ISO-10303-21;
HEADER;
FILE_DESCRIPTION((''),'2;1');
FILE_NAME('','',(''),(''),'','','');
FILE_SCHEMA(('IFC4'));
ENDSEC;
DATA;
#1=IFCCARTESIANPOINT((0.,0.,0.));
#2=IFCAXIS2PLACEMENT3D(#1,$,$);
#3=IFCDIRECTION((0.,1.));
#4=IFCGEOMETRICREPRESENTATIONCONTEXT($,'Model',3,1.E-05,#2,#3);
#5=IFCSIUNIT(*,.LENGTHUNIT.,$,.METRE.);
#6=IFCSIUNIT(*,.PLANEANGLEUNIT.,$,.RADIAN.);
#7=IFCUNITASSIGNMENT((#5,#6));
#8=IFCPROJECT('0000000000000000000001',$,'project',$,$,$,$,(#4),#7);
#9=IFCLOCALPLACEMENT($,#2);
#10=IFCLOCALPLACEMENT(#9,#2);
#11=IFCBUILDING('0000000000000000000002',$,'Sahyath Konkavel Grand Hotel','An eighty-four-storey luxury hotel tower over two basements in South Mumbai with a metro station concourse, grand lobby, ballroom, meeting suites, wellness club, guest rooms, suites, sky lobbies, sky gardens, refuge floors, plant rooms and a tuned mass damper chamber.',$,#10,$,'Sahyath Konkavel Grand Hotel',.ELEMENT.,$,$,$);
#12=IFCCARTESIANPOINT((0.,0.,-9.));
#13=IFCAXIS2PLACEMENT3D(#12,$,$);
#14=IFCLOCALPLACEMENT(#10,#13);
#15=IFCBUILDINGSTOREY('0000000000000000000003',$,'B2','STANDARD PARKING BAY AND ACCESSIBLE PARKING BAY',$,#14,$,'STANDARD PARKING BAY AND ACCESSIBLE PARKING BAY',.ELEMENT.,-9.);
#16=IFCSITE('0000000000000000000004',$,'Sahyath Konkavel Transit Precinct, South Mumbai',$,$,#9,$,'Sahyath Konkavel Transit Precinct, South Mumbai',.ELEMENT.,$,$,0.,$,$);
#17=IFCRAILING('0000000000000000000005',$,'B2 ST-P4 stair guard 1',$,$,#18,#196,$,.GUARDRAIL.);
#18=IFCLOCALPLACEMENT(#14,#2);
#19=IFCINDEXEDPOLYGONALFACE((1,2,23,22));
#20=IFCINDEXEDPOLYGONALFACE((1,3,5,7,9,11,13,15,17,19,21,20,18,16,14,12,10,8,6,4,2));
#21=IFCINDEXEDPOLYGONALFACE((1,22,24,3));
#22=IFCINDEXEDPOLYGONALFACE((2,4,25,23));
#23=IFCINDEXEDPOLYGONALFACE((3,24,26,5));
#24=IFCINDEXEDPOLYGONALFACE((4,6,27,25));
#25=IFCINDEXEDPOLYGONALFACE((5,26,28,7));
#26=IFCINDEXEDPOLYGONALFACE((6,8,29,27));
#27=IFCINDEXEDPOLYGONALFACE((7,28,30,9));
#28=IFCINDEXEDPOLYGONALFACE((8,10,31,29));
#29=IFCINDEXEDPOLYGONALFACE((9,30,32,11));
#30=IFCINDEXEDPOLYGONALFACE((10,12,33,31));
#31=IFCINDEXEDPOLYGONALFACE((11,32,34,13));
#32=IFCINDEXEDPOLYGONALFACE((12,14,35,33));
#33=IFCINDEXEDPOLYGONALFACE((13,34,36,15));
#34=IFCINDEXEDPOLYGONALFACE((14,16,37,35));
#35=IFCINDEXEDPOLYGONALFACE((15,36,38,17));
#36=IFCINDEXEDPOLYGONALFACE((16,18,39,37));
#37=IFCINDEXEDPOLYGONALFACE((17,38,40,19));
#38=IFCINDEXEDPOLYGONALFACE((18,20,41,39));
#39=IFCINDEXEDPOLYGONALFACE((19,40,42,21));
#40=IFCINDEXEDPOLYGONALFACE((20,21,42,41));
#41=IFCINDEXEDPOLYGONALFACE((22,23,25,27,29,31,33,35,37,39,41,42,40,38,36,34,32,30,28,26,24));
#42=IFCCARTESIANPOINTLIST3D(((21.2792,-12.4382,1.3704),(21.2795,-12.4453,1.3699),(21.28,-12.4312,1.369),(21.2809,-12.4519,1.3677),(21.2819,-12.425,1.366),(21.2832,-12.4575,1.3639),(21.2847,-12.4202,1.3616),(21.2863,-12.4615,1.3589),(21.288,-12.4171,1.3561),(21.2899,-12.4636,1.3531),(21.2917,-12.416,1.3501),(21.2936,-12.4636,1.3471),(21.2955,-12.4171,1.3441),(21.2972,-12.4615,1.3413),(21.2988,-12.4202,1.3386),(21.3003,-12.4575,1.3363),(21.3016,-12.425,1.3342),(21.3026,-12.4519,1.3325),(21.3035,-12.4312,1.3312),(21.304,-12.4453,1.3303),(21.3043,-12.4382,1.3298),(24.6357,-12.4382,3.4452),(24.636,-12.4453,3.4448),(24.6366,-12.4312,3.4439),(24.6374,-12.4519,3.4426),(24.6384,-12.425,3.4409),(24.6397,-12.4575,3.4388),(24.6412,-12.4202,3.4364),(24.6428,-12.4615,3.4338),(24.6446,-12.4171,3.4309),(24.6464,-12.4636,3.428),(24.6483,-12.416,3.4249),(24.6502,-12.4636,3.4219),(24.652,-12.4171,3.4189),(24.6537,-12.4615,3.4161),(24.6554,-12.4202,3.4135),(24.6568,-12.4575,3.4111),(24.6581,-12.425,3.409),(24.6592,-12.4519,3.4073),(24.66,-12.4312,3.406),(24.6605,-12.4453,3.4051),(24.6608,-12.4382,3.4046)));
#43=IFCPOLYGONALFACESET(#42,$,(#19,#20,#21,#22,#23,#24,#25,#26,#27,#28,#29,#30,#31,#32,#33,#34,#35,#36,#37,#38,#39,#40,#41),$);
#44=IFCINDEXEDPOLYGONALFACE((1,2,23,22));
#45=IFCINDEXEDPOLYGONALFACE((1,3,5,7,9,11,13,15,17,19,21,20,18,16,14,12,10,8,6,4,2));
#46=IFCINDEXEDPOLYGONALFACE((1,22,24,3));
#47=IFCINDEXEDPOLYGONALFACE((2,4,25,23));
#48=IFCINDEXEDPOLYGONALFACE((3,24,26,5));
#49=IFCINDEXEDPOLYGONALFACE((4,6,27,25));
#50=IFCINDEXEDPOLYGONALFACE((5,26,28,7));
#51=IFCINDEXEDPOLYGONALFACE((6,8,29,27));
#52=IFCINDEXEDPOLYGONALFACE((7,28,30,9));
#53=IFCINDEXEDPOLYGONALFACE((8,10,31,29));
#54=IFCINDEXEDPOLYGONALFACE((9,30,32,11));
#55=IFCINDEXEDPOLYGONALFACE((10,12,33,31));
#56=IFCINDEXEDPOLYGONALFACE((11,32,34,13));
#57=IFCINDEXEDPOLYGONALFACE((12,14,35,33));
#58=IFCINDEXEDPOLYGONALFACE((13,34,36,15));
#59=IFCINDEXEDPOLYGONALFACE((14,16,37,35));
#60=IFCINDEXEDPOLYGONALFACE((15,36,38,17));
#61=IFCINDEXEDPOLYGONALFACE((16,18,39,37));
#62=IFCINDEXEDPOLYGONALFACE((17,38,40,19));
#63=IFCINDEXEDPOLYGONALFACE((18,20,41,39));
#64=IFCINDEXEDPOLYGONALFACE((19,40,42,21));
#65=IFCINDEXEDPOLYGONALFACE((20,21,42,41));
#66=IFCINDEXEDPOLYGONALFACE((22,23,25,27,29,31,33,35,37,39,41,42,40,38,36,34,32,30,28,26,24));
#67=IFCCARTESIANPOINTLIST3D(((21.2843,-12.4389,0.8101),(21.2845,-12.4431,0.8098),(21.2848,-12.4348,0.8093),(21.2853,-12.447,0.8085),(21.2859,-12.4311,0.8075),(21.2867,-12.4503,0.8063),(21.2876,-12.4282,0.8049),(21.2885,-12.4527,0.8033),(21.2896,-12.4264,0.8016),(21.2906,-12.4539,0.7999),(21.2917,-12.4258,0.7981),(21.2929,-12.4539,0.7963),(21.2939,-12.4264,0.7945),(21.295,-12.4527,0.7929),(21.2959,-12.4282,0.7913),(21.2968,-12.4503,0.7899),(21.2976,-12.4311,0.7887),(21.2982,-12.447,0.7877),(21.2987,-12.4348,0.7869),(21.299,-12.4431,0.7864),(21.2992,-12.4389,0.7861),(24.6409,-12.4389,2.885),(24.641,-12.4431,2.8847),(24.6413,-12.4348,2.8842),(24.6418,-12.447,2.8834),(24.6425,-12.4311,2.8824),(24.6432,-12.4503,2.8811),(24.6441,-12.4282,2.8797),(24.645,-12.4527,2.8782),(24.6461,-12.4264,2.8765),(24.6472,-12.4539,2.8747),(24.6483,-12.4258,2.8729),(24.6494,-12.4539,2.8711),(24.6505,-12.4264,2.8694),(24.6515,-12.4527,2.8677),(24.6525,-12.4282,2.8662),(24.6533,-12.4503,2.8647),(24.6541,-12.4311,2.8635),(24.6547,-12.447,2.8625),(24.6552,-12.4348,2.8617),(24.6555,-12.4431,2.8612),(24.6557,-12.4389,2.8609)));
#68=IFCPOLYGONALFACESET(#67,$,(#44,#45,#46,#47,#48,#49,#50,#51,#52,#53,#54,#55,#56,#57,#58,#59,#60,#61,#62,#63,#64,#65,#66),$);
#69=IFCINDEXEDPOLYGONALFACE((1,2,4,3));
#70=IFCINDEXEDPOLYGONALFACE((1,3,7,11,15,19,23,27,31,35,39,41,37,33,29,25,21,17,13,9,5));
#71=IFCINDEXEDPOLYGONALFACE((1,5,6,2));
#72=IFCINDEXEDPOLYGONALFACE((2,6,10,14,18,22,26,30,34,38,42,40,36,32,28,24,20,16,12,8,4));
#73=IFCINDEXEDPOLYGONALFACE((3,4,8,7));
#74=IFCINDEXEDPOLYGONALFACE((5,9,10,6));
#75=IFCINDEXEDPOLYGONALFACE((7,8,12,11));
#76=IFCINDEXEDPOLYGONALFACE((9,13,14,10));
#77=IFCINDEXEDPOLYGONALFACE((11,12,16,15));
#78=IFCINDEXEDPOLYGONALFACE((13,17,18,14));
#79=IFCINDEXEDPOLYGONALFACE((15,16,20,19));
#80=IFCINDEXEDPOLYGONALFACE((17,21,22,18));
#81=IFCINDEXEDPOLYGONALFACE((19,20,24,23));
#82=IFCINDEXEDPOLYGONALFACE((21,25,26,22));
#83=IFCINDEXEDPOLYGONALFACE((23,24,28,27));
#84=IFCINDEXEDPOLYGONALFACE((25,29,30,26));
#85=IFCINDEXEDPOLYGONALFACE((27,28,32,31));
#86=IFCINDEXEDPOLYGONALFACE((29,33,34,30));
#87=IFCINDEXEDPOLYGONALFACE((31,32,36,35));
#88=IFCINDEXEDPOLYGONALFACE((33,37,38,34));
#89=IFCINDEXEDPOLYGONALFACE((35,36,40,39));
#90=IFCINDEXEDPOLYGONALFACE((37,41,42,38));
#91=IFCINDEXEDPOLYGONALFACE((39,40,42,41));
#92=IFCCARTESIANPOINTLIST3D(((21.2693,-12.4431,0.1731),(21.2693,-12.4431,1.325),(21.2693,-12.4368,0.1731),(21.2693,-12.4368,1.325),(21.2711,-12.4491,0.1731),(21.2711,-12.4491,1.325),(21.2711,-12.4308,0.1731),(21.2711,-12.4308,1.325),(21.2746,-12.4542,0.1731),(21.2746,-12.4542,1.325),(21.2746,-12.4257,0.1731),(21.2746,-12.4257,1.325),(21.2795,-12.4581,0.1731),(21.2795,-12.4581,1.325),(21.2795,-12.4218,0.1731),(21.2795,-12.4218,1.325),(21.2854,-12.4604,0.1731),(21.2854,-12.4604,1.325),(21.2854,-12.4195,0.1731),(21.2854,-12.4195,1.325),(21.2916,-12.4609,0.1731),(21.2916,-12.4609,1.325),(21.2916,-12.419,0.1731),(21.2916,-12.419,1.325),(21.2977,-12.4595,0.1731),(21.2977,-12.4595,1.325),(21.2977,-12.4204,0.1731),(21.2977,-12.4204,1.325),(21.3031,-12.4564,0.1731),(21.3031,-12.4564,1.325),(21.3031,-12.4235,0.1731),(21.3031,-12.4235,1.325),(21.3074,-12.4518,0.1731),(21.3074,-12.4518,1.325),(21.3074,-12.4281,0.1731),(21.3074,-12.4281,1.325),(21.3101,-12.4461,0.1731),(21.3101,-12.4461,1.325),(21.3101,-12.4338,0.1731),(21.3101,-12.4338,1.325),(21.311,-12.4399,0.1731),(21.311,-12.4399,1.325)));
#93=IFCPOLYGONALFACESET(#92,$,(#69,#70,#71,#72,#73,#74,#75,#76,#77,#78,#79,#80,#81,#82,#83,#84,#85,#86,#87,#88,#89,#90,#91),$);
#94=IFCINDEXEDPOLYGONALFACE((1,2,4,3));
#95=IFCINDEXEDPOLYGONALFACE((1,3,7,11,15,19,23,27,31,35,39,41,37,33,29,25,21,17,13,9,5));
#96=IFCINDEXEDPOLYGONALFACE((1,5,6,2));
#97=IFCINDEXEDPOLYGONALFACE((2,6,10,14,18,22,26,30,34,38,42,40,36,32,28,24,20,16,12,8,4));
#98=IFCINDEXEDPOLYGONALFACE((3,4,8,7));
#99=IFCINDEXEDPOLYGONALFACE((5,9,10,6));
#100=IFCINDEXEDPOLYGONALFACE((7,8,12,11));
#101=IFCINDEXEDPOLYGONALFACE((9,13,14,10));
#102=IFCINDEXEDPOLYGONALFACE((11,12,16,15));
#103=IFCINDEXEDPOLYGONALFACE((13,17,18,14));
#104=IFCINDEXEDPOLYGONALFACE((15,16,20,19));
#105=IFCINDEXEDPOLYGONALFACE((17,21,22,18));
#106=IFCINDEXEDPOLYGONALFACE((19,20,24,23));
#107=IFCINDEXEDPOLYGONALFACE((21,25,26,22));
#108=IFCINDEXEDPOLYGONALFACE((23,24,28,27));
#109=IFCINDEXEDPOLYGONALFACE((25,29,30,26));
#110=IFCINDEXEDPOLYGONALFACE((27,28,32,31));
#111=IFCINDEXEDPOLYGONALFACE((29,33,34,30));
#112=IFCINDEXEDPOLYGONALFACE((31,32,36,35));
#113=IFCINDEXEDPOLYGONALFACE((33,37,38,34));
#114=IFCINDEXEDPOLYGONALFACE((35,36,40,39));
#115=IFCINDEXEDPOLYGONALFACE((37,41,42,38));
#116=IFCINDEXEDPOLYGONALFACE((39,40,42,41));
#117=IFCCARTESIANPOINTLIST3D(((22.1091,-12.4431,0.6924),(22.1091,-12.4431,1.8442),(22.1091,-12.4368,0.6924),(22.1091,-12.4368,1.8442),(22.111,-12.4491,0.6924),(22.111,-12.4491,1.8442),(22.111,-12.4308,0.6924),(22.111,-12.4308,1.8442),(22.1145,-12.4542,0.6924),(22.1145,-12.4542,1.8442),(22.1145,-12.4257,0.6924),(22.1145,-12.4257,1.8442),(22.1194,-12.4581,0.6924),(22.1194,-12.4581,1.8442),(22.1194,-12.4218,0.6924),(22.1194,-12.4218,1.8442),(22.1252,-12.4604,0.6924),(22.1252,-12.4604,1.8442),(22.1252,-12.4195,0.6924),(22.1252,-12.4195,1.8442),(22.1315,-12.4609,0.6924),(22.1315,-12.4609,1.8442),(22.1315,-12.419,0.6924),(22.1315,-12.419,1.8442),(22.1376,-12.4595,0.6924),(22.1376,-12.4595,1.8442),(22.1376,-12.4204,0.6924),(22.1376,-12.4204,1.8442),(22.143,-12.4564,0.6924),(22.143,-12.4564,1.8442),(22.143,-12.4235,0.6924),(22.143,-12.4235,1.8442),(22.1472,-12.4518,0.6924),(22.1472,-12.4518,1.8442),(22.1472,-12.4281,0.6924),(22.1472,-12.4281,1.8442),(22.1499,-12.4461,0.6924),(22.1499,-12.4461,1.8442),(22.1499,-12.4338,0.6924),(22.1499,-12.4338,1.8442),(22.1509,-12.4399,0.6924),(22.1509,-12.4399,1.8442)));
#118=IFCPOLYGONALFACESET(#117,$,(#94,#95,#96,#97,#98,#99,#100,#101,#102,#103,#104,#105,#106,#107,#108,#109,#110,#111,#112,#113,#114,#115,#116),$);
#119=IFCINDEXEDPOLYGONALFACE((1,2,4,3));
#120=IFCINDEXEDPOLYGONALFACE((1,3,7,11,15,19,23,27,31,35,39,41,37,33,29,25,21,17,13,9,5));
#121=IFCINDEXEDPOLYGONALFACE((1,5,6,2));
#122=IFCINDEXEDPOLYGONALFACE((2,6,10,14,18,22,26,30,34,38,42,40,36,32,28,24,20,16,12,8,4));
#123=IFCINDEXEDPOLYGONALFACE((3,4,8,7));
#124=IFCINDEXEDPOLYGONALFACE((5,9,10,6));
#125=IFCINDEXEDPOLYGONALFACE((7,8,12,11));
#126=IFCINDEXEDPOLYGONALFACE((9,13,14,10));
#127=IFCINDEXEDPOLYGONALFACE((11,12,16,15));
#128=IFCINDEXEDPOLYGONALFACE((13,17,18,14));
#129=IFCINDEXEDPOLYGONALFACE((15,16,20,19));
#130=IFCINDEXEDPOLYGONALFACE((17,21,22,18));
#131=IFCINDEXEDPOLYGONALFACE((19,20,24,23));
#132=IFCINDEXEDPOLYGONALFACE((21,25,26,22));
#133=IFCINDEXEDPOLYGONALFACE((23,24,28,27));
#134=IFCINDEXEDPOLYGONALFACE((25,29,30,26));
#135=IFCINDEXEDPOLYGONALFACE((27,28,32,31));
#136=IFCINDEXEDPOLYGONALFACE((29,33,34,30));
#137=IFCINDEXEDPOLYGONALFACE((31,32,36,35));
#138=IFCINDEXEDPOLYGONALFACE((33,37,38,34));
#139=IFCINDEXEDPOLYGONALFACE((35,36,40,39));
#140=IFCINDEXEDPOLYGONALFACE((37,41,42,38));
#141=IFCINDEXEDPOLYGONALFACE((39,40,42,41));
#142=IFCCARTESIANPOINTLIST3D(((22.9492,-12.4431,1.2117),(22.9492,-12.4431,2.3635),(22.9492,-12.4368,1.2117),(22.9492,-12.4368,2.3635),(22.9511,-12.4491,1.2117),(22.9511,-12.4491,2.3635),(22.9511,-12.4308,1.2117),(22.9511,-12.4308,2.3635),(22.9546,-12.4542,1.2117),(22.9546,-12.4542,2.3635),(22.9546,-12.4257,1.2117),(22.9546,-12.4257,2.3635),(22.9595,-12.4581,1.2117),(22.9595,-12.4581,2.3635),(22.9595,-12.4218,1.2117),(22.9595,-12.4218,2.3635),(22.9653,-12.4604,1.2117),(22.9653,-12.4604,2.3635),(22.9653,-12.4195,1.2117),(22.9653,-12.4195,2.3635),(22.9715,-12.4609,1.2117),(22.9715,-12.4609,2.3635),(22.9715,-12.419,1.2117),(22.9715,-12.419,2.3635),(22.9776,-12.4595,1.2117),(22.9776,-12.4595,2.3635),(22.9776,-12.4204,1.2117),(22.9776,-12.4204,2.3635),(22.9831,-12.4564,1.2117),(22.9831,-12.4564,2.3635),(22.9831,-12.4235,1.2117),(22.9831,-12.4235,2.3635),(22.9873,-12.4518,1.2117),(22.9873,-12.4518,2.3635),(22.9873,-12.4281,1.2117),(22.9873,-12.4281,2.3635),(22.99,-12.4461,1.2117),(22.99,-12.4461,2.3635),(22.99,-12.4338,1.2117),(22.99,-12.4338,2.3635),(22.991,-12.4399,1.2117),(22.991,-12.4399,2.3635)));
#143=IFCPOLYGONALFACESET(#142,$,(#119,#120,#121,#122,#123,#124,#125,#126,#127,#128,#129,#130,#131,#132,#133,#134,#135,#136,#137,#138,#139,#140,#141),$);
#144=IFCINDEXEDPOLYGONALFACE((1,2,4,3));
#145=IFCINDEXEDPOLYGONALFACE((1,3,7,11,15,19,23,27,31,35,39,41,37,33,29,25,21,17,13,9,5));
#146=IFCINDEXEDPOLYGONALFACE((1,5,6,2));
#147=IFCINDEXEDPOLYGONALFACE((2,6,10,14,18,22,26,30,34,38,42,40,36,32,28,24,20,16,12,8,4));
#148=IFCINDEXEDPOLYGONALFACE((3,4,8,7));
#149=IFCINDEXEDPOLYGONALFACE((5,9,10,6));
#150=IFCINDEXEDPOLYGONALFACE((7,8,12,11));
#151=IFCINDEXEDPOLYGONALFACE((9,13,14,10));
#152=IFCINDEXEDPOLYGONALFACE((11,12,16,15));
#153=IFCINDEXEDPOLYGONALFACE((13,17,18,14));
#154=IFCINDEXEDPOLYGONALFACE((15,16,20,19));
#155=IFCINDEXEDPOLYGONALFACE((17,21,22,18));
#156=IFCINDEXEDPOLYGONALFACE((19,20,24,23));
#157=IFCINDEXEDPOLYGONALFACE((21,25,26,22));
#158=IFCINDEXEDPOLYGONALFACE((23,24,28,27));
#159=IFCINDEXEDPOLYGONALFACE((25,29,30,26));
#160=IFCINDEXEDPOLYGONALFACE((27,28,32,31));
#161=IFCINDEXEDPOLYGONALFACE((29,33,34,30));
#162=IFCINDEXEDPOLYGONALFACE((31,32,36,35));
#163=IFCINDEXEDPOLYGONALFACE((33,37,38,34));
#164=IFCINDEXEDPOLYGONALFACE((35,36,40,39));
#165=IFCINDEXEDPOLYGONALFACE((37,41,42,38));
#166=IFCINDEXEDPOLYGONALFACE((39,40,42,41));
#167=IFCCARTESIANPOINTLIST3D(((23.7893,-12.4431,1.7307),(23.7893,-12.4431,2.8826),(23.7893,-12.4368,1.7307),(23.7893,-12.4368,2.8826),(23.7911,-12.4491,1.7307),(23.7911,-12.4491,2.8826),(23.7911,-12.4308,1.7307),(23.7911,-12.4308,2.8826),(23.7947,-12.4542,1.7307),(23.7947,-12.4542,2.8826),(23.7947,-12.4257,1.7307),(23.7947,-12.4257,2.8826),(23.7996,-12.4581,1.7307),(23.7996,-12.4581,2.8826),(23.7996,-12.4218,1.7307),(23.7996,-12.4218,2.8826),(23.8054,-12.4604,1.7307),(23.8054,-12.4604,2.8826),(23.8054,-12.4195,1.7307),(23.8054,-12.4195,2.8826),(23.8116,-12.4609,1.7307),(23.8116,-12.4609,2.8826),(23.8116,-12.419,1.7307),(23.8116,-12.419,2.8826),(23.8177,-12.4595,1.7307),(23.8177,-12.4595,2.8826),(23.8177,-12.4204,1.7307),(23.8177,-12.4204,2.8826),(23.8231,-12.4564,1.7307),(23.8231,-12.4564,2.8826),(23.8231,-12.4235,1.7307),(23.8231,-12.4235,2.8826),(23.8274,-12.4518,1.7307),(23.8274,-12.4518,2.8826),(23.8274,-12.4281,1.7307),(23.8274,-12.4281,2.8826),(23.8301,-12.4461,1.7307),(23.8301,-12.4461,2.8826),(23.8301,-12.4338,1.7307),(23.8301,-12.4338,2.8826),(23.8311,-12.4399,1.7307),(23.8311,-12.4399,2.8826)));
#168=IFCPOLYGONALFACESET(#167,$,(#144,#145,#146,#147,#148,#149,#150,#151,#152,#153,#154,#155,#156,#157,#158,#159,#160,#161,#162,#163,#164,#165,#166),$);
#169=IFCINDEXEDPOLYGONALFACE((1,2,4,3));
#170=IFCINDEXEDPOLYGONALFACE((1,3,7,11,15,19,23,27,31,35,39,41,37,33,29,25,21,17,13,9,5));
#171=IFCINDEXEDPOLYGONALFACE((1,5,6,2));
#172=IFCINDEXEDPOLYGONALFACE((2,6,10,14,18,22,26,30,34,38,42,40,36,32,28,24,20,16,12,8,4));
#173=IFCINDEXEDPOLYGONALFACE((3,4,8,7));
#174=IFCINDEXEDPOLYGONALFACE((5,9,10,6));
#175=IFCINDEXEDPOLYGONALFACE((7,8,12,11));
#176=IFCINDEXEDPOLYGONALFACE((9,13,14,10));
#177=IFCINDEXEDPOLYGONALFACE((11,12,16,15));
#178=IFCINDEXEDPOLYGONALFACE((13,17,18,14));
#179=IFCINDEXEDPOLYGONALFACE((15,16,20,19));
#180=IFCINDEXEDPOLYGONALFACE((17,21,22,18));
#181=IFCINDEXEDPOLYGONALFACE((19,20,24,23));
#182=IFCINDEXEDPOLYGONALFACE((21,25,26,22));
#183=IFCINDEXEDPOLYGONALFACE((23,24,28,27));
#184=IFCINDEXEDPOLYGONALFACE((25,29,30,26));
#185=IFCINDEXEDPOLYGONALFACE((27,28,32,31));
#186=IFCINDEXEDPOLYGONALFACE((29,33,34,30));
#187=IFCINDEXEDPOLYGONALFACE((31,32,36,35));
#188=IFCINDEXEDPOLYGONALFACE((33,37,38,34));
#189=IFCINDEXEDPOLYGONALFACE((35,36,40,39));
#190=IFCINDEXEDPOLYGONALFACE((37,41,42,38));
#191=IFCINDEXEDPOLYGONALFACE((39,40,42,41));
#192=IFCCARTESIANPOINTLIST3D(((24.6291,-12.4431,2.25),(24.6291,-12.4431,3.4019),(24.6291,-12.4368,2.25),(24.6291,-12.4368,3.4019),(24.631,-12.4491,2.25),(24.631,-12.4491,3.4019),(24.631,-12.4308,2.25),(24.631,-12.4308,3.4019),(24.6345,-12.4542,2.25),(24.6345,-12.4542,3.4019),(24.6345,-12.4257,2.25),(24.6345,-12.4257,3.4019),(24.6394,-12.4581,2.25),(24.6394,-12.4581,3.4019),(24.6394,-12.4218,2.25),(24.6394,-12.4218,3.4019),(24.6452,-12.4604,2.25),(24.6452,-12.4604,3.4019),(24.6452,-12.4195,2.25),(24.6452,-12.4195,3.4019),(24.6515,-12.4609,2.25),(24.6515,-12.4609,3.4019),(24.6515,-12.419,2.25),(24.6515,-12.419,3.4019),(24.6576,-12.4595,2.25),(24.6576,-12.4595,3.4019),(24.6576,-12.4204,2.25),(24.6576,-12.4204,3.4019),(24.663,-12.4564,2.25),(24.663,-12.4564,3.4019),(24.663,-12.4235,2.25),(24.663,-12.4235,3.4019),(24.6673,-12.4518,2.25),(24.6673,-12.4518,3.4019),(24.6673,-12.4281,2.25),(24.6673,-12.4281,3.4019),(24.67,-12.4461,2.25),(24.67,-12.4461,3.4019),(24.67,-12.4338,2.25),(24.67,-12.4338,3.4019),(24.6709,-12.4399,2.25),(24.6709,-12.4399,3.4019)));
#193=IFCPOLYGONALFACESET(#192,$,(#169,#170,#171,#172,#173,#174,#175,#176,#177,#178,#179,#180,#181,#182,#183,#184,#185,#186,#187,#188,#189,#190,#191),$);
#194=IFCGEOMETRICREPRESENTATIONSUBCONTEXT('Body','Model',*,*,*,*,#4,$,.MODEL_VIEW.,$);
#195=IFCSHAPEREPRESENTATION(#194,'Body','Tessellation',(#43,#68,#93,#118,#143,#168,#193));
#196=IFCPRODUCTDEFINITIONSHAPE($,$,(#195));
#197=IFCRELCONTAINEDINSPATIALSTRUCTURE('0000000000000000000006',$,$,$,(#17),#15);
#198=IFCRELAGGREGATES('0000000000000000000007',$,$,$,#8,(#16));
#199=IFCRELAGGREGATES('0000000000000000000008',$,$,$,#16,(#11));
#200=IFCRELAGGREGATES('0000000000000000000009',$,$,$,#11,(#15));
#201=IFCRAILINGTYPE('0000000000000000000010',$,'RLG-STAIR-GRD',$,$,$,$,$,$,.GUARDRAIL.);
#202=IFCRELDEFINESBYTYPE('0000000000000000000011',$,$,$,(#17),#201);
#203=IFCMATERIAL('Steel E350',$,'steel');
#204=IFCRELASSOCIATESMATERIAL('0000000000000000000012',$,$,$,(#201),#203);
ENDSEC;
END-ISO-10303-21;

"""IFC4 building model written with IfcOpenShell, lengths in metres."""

from ifc_helpers import new_model, si_unit, direction, frame, origin, origin_2d, place, context, subcontext, project, spatial, circle, extrude, material, type_object, element, save


model = new_model("IFC4")

# Units and contexts
model_context = context("Model", 3, precision=1e-05, world=origin(), true_north=direction((0.0, 1.0)))
body_context = subcontext(model_context, "Body", "Model", "MODEL_VIEW")
ifc_project = project(units=[si_unit("LENGTHUNIT", "METRE"), si_unit("PLANEANGLEUNIT", "RADIAN")], contexts=[model_context])

# Site, building, storey
site_placement = place(None, origin())
site = spatial("IfcSite", under=ifc_project, at=site_placement, Name="Sahyath Konkavel Transit Precinct, South Mumbai", LongName="Sahyath Konkavel Transit Precinct, South Mumbai", CompositionType="ELEMENT", RefElevation=0.0)
building_placement = place(site_placement, origin())
building = spatial("IfcBuilding", under=site, at=building_placement, Name="Sahyath Konkavel Grand Hotel", Description="An eighty-four-storey luxury hotel tower over two basements in South Mumbai with a metro station concourse, grand lobby, ballroom, meeting suites, wellness club, guest rooms, suites, sky lobbies, sky gardens, refuge floors, plant rooms and a tuned mass damper chamber.", LongName="Sahyath Konkavel Grand Hotel", CompositionType="ELEMENT")
storey_placement = place(building_placement, frame((0.0, 0.0, -9.0)))
storey = spatial("IfcBuildingStorey", under=building, at=storey_placement, Name="B2", Description="STANDARD PARKING BAY AND ACCESSIBLE PARKING BAY", LongName="STANDARD PARKING BAY AND ACCESSIBLE PARKING BAY", CompositionType="ELEMENT", Elevation=-9.0)

# Shared definitions
ifc_material_1 = material(Name="Steel E350", Category="steel")

# Railing
railing_type_1 = type_object("IfcRailingType", Name="RLG-STAIR-GRD", PredefinedType="GUARDRAIL", material=ifc_material_1)
railing_1_placement = place(storey_placement, frame((21.29, -12.4399, 0.1731)))
element("IfcRailing", 1, at=railing_1_placement, inside=storey, type_object=railing_type_1, Name="B2 ST-P4 stair guard 1", PredefinedType="GUARDRAIL", context=body_context, shape_type="SweptSolid", body=[
    extrude(circle(Radius=0.0239, at=origin_2d()), frame((0.0017, 0.0, 1.177), z_axis=(0.850606, 0.0, 0.525803), x_axis=(0.0, 1.0, 0.0)), (0.0, 0.0, 1.0), 3.946),
    extrude(circle(Radius=0.0142, at=origin_2d()), frame((0.0017, 0.0, 0.625), z_axis=(0.850606, 0.0, 0.525803), x_axis=(0.0, 1.0, 0.0)), (0.0, 0.0, 1.0), 3.946),
    extrude(circle(Radius=0.021, at=origin_2d()), origin(), (0.0, 0.0, 1.0), 1.1519),
    extrude(circle(Radius=0.021, at=origin_2d()), frame((0.8398, 0.0, 0.5193)), (0.0, 0.0, 1.0), 1.1519),
    extrude(circle(Radius=0.021, at=origin_2d()), frame((1.6799, 0.0, 1.0386)), (0.0, 0.0, 1.0), 1.1519),
    extrude(circle(Radius=0.021, at=origin_2d()), frame((2.52, 0.0, 1.5576)), (0.0, 0.0, 1.0), 1.1519),
    extrude(circle(Radius=0.021, at=origin_2d()), frame((3.3599, 0.0, 2.0769)), (0.0, 0.0, 1.0), 1.1519),
])

save(model, "model.ifc")
